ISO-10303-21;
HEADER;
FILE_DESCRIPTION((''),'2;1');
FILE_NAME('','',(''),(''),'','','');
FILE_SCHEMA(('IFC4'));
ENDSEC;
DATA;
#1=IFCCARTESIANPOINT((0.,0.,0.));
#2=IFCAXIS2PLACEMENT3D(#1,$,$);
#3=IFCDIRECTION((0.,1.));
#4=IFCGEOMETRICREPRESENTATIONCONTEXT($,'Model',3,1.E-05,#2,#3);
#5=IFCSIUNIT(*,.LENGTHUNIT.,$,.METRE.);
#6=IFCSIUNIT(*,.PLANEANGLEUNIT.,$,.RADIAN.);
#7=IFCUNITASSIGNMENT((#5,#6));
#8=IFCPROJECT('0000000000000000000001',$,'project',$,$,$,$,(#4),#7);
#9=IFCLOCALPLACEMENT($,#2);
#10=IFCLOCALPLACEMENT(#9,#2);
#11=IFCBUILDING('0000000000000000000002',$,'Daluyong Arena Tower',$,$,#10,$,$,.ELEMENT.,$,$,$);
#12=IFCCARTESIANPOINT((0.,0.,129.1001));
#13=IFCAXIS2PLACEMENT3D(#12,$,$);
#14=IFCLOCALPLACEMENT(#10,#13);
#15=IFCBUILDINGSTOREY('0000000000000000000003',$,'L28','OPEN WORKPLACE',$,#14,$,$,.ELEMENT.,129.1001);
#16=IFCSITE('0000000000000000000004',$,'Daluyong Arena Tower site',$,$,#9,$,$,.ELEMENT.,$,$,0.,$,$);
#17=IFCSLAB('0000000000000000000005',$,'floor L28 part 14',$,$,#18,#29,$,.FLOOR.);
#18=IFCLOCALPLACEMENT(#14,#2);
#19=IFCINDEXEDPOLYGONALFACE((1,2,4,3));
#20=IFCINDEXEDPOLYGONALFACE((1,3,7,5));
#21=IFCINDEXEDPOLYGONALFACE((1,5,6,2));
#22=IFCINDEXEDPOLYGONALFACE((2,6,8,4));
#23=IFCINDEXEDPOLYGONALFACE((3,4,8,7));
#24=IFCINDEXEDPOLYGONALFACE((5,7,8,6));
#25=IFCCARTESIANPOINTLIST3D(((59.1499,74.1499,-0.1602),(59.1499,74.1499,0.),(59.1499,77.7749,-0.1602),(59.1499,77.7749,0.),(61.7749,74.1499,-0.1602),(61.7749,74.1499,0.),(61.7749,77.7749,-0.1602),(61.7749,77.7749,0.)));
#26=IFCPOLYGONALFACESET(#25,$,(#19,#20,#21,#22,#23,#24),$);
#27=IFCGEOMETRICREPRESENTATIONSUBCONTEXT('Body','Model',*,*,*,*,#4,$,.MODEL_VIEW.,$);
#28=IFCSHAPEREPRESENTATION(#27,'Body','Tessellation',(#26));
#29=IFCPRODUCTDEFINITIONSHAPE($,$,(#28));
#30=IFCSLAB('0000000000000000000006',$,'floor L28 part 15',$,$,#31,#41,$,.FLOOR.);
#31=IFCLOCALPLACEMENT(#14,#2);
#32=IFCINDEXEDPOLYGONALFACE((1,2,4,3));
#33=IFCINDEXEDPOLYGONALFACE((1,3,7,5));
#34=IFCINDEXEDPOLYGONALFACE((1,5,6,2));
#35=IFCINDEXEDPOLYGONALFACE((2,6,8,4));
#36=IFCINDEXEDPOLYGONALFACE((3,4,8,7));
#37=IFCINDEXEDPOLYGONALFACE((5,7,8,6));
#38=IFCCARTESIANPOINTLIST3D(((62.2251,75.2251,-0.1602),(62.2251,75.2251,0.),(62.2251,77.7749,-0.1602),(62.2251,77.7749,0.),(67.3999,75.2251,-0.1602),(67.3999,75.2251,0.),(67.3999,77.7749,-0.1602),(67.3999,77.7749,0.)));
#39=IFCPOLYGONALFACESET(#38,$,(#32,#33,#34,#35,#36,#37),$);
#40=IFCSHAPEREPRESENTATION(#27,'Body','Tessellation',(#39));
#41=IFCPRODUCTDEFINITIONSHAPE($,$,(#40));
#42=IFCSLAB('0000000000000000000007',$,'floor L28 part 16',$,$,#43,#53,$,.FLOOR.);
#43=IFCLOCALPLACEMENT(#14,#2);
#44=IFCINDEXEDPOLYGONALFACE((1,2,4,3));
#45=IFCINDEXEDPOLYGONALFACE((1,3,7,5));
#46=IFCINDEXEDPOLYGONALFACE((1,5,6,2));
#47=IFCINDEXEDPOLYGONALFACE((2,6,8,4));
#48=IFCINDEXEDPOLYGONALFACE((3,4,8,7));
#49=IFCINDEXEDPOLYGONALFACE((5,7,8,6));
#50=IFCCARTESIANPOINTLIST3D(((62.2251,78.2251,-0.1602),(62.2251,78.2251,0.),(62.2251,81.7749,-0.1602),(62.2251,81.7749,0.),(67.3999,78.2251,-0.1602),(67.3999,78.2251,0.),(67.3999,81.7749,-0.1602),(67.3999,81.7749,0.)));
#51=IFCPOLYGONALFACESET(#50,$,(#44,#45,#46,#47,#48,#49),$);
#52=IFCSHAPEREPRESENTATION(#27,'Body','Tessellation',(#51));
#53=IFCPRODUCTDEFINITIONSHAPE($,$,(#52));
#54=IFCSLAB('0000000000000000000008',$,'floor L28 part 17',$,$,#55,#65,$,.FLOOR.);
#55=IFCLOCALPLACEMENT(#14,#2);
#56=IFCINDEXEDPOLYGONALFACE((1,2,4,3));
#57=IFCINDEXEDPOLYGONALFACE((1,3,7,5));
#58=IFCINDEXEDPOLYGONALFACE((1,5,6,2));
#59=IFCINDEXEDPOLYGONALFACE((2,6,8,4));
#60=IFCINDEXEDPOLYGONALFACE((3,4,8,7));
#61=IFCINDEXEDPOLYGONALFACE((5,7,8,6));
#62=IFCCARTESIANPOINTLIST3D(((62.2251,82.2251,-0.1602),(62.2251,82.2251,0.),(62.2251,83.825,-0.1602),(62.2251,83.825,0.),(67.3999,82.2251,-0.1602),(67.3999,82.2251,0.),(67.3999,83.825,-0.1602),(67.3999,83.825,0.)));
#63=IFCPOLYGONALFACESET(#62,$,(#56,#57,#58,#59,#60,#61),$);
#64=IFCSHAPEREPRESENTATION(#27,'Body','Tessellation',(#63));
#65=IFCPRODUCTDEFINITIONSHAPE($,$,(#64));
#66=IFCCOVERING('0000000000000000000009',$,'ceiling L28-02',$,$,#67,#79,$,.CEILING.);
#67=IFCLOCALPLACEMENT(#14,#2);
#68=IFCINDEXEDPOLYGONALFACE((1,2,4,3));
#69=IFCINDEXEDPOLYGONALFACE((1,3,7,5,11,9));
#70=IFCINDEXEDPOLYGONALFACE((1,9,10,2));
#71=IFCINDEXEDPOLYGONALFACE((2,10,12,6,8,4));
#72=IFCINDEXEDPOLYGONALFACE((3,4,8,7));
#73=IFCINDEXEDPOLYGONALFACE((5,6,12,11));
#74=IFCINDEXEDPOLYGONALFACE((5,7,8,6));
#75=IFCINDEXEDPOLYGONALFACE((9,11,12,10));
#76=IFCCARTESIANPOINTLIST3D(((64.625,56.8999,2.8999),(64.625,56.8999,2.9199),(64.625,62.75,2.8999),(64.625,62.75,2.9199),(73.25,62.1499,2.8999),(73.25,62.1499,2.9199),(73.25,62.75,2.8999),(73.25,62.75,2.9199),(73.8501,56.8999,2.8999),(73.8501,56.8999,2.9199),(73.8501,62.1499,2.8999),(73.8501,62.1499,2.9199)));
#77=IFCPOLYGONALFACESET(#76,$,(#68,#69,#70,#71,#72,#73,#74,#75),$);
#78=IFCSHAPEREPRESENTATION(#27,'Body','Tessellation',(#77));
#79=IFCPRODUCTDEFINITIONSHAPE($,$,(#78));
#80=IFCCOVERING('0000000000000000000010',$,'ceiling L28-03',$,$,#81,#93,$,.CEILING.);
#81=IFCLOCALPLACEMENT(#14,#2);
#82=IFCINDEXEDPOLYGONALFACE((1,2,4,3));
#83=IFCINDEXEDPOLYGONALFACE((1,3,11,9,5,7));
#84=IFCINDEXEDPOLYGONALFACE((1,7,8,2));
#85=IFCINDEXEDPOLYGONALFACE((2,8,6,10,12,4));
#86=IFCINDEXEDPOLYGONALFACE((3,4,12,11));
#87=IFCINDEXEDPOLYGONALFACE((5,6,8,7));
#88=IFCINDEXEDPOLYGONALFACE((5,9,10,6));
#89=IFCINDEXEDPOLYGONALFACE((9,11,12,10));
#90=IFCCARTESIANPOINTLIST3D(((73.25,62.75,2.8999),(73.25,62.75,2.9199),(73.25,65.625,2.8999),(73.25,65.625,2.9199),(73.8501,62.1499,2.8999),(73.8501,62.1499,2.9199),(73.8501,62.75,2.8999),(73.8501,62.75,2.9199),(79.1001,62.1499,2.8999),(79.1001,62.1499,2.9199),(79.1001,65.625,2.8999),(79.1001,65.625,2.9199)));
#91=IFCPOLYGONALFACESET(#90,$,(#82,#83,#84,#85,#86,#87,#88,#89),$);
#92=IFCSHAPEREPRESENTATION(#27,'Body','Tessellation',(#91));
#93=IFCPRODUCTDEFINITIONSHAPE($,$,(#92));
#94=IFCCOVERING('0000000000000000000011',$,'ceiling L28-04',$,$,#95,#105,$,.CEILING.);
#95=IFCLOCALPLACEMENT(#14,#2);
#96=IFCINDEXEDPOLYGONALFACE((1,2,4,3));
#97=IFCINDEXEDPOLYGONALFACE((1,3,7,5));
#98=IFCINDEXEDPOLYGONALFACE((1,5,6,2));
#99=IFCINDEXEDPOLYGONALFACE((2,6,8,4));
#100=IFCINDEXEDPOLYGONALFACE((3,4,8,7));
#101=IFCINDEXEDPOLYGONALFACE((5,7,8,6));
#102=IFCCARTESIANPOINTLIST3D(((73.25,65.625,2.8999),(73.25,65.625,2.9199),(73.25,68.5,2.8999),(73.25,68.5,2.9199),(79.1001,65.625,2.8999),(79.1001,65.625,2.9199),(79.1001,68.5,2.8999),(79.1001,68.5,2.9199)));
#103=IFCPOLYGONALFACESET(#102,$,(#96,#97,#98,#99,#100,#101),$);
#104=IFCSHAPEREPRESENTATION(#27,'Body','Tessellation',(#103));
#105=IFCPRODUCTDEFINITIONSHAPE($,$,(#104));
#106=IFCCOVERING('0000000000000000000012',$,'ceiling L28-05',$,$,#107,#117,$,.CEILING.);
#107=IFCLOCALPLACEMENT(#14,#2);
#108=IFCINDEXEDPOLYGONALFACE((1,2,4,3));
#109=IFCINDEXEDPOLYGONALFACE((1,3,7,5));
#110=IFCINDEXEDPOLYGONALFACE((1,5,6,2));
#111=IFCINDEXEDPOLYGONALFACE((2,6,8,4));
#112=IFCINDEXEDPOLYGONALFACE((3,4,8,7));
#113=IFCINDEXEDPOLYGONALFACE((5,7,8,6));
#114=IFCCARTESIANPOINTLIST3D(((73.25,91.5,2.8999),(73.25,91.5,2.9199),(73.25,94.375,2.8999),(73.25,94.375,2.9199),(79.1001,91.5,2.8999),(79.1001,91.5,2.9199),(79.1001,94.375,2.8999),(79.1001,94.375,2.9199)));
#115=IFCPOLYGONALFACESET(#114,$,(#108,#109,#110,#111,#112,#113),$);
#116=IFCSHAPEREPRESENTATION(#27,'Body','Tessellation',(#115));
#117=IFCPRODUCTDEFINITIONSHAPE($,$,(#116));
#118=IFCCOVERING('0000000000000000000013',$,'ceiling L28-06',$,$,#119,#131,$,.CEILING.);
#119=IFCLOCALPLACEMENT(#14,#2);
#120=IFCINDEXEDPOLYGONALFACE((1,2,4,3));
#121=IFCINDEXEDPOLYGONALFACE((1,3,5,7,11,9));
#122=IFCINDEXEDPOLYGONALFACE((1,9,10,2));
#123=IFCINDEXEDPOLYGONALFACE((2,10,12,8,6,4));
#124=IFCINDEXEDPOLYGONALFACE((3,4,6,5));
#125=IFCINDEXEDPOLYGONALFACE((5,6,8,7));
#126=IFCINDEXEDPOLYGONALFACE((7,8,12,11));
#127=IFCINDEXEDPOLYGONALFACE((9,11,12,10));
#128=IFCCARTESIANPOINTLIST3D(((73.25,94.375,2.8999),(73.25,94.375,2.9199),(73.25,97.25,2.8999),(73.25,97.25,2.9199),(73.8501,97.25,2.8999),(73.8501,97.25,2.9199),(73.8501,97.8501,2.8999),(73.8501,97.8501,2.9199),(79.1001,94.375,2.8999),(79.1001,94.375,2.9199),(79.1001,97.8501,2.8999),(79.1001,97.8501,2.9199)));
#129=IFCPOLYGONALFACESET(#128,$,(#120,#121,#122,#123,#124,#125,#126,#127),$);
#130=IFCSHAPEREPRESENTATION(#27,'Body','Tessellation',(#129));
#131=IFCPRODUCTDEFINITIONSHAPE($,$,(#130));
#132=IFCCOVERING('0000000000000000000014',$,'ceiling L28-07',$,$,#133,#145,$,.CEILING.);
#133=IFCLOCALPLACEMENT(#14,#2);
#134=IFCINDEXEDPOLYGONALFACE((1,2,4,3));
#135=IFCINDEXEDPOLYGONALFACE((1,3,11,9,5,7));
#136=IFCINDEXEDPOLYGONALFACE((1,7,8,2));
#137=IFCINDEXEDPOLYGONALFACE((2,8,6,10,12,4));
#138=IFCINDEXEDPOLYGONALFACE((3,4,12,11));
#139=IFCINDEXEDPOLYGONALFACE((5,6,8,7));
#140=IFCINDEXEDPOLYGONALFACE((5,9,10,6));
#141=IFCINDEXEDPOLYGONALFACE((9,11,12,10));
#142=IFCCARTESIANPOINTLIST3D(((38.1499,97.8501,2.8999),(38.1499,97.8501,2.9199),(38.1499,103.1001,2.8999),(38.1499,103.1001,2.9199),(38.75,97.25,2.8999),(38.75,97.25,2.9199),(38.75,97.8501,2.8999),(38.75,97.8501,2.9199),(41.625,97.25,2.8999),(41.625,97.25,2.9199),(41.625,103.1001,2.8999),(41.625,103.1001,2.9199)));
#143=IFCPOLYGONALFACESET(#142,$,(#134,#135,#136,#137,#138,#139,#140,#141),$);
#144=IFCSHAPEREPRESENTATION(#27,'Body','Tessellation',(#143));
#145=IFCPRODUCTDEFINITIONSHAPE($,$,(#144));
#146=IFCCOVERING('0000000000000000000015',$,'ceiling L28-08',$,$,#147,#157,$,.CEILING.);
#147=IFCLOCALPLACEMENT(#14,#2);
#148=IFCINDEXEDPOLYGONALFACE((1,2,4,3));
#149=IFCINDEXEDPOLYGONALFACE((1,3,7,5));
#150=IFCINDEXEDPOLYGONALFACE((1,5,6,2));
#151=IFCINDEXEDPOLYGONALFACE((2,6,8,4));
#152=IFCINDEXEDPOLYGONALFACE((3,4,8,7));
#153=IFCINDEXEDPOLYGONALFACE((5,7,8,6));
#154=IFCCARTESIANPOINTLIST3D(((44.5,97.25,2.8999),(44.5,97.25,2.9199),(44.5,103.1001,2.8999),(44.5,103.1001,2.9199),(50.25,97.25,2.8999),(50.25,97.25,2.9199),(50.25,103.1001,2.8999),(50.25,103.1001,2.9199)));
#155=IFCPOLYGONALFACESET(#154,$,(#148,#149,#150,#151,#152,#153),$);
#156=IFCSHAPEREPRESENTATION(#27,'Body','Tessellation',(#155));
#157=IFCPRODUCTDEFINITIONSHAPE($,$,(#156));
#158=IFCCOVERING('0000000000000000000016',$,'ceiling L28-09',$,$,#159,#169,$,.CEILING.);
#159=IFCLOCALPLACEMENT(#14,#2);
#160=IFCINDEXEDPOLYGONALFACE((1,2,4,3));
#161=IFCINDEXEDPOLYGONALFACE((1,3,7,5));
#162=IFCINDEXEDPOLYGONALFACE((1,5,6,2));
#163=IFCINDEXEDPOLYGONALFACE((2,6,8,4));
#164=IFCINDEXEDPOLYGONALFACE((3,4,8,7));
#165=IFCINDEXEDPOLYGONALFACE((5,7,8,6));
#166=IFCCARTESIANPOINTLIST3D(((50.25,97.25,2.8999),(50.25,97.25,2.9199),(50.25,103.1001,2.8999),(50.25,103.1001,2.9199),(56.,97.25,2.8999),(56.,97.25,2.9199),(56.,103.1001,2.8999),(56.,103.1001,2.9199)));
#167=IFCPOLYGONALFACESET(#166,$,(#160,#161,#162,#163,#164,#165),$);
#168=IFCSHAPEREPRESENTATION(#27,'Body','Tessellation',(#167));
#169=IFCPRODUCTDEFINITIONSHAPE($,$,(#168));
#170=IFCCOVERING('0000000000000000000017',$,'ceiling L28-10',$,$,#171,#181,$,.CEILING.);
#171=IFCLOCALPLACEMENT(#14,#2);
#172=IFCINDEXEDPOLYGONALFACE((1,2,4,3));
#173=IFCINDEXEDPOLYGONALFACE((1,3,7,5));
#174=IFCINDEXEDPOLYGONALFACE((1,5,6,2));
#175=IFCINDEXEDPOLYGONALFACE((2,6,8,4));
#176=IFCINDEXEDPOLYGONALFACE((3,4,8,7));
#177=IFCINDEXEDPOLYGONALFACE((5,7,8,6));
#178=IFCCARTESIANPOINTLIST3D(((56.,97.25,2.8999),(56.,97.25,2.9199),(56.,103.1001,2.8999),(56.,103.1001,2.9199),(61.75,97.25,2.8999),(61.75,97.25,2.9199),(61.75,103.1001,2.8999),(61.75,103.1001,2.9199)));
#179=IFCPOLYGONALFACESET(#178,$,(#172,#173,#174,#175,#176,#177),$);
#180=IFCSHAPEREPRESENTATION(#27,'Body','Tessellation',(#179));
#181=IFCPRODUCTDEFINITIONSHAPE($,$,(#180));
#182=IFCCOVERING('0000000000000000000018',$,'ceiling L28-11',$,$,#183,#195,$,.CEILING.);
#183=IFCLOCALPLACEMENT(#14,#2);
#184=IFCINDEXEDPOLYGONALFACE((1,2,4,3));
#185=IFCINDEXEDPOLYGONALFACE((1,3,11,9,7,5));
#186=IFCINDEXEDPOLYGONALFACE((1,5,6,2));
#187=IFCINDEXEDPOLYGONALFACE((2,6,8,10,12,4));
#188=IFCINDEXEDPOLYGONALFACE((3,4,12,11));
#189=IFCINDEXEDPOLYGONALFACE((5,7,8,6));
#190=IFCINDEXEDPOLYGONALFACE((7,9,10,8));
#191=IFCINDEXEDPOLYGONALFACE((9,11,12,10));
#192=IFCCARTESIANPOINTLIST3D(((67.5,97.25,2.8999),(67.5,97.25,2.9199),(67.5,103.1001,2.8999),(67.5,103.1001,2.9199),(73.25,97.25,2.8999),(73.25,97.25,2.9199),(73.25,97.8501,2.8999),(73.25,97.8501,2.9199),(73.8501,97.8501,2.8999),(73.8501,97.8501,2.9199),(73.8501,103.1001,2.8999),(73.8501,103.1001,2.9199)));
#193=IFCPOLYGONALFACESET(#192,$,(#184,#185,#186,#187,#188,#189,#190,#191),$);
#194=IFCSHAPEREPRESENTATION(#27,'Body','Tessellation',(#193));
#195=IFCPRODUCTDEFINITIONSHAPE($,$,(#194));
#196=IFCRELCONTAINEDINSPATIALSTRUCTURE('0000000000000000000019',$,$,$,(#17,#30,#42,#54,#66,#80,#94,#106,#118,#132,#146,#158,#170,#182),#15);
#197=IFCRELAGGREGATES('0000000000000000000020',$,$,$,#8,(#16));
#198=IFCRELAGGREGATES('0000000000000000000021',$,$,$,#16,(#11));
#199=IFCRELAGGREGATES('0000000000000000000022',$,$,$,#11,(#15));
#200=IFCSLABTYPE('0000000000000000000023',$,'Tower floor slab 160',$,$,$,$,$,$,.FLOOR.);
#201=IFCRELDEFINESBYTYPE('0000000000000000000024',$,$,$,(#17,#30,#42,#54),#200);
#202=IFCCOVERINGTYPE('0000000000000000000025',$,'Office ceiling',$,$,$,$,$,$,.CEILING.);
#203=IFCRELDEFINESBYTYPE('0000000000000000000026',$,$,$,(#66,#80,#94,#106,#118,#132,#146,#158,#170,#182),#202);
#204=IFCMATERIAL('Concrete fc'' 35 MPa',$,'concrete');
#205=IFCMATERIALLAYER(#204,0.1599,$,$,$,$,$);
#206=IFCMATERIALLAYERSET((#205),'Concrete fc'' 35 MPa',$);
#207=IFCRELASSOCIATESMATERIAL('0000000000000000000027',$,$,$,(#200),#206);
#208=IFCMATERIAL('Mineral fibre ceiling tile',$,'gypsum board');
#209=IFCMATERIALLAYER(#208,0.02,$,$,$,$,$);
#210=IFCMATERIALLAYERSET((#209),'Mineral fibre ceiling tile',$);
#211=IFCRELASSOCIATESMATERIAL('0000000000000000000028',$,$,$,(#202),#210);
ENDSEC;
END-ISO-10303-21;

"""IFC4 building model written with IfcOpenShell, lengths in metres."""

from ifc_helpers import new_model, si_unit, direction, frame, origin, place, context, subcontext, project, spatial, polyline, outline, extrude, material, layer, layer_set, type_object, element, save


model = new_model("IFC4")

# Units and contexts
model_context = context("Model", 3, precision=1e-05, world=origin(), true_north=direction((0.0, 1.0)))
body_context = subcontext(model_context, "Body", "Model", "MODEL_VIEW")
ifc_project = project(units=[si_unit("LENGTHUNIT", "METRE"), si_unit("PLANEANGLEUNIT", "RADIAN")], contexts=[model_context])

# Site, building, storey
site_placement = place(None, origin())
site = spatial("IfcSite", under=ifc_project, at=site_placement, Name="Daluyong Arena Tower site", CompositionType="ELEMENT", RefElevation=0.0)
building_placement = place(site_placement, origin())
building = spatial("IfcBuilding", under=site, at=building_placement, Name="Daluyong Arena Tower", CompositionType="ELEMENT")
storey_placement = place(building_placement, frame((0.0, 0.0, 129.1001)))
storey = spatial("IfcBuildingStorey", under=building, at=storey_placement, Name="L28", Description="OPEN WORKPLACE", CompositionType="ELEMENT", Elevation=129.1001)

# Slabs
ifc_material_1 = material(Name="Concrete fc' 35 MPa", Category="concrete")
ifc_layer_1 = layer(ifc_material_1, 0.1599)
ifc_layer_set_1 = layer_set([ifc_layer_1], Name="Concrete fc' 35 MPa")
slab_type = type_object("IfcSlabType", Name="Tower floor slab 160", PredefinedType="FLOOR", material=ifc_layer_set_1)
slab_1_placement = place(storey_placement, frame((0.0, 0.0, -0.1602)))
element("IfcSlab", 1, at=slab_1_placement, inside=storey, type_object=slab_type, Name="floor L28 part 14", PredefinedType="FLOOR", context=body_context, shape_type="SweptSolid", body=[
    extrude(outline(polyline([(59.1499, 77.7749), (59.1499, 74.1499), (61.7749, 74.1499), (61.7749, 77.7749), (59.1499, 77.7749)])), origin(), (0.0, 0.0, 1.0), 0.1602),
])
slab_2_placement = place(storey_placement, frame((0.0, 0.0, -0.1602)))
element("IfcSlab", 2, at=slab_2_placement, inside=storey, type_object=slab_type, Name="floor L28 part 15", PredefinedType="FLOOR", context=body_context, shape_type="SweptSolid", body=[
    extrude(outline(polyline([(62.2251, 75.2251), (67.3999, 75.2251), (67.3999, 77.7749), (62.2251, 77.7749), (62.2251, 75.2251)])), origin(), (0.0, 0.0, 1.0), 0.1602),
])
slab_3_placement = place(storey_placement, frame((0.0, 0.0, -0.1602)))
element("IfcSlab", 3, at=slab_3_placement, inside=storey, type_object=slab_type, Name="floor L28 part 16", PredefinedType="FLOOR", context=body_context, shape_type="SweptSolid", body=[
    extrude(outline(polyline([(62.2251, 78.2251), (67.3999, 78.2251), (67.3999, 81.7749), (62.2251, 81.7749), (62.2251, 78.2251)])), origin(), (0.0, 0.0, 1.0), 0.1602),
])
slab_4_placement = place(storey_placement, frame((0.0, 0.0, -0.1602)))
element("IfcSlab", 4, at=slab_4_placement, inside=storey, type_object=slab_type, Name="floor L28 part 17", PredefinedType="FLOOR", context=body_context, shape_type="SweptSolid", body=[
    extrude(outline(polyline([(62.2251, 82.2251), (67.3999, 82.2251), (67.3999, 83.825), (62.2251, 83.825), (62.2251, 82.2251)])), origin(), (0.0, 0.0, 1.0), 0.1602),
])

# Coverings
ifc_material_2 = material(Name="Mineral fibre ceiling tile", Category="gypsum board")
ifc_layer_2 = layer(ifc_material_2, 0.02)
ifc_layer_set_2 = layer_set([ifc_layer_2], Name="Mineral fibre ceiling tile")
covering_type = type_object("IfcCoveringType", Name="Office ceiling", PredefinedType="CEILING", material=ifc_layer_set_2)
covering_1_placement = place(storey_placement, frame((0.0, 0.0, 2.8999)))
element("IfcCovering", 5, at=covering_1_placement, inside=storey, type_object=covering_type, Name="ceiling L28-02", PredefinedType="CEILING", context=body_context, shape_type="SweptSolid", body=[
    extrude(outline(polyline([(73.8501, 56.8999), (73.8501, 62.1499), (73.25, 62.1499), (73.25, 62.75), (64.625, 62.75), (64.625, 56.8999), (73.8501, 56.8999)])), origin(), (0.0, 0.0, 1.0), 0.02),
])
covering_2_placement = place(storey_placement, frame((0.0, 0.0, 2.8999)))
element("IfcCovering", 6, at=covering_2_placement, inside=storey, type_object=covering_type, Name="ceiling L28-03", PredefinedType="CEILING", context=body_context, shape_type="SweptSolid", body=[
    extrude(outline(polyline([(73.8501, 62.1499), (79.1001, 62.1499), (79.1001, 65.625), (73.25, 65.625), (73.25, 62.75), (73.8501, 62.75), (73.8501, 62.1499)])), origin(), (0.0, 0.0, 1.0), 0.02),
])
covering_3_placement = place(storey_placement, frame((0.0, 0.0, 2.8999)))
element("IfcCovering", 7, at=covering_3_placement, inside=storey, type_object=covering_type, Name="ceiling L28-04", PredefinedType="CEILING", context=body_context, shape_type="SweptSolid", body=[
    extrude(outline(polyline([(73.25, 65.625), (79.1001, 65.625), (79.1001, 68.5), (73.25, 68.5), (73.25, 65.625)])), origin(), (0.0, 0.0, 1.0), 0.02),
])
covering_4_placement = place(storey_placement, frame((0.0, 0.0, 2.8999)))
element("IfcCovering", 8, at=covering_4_placement, inside=storey, type_object=covering_type, Name="ceiling L28-05", PredefinedType="CEILING", context=body_context, shape_type="SweptSolid", body=[
    extrude(outline(polyline([(73.25, 91.5), (79.1001, 91.5), (79.1001, 94.375), (73.25, 94.375), (73.25, 91.5)])), origin(), (0.0, 0.0, 1.0), 0.02),
])
covering_5_placement = place(storey_placement, frame((0.0, 0.0, 2.8999)))
element("IfcCovering", 9, at=covering_5_placement, inside=storey, type_object=covering_type, Name="ceiling L28-06", PredefinedType="CEILING", context=body_context, shape_type="SweptSolid", body=[
    extrude(outline(polyline([(73.25, 94.375), (79.1001, 94.375), (79.1001, 97.8501), (73.8501, 97.8501), (73.8501, 97.25), (73.25, 97.25), (73.25, 94.375)])), origin(), (0.0, 0.0, 1.0), 0.02),
])
covering_6_placement = place(storey_placement, frame((0.0, 0.0, 2.8999)))
element("IfcCovering", 10, at=covering_6_placement, inside=storey, type_object=covering_type, Name="ceiling L28-07", PredefinedType="CEILING", context=body_context, shape_type="SweptSolid", body=[
    extrude(outline(polyline([(41.625, 97.25), (41.625, 103.1001), (38.1499, 103.1001), (38.1499, 97.8501), (38.75, 97.8501), (38.75, 97.25), (41.625, 97.25)])), origin(), (0.0, 0.0, 1.0), 0.02),
])
covering_7_placement = place(storey_placement, frame((0.0, 0.0, 2.8999)))
element("IfcCovering", 11, at=covering_7_placement, inside=storey, type_object=covering_type, Name="ceiling L28-08", PredefinedType="CEILING", context=body_context, shape_type="SweptSolid", body=[
    extrude(outline(polyline([(50.25, 97.25), (50.25, 103.1001), (44.5, 103.1001), (44.5, 97.25), (50.25, 97.25)])), origin(), (0.0, 0.0, 1.0), 0.02),
])
covering_8_placement = place(storey_placement, frame((0.0, 0.0, 2.8999)))
element("IfcCovering", 12, at=covering_8_placement, inside=storey, type_object=covering_type, Name="ceiling L28-09", PredefinedType="CEILING", context=body_context, shape_type="SweptSolid", body=[
    extrude(outline(polyline([(56.0, 97.25), (56.0, 103.1001), (50.25, 103.1001), (50.25, 97.25), (56.0, 97.25)])), origin(), (0.0, 0.0, 1.0), 0.02),
])
covering_9_placement = place(storey_placement, frame((0.0, 0.0, 2.8999)))
element("IfcCovering", 13, at=covering_9_placement, inside=storey, type_object=covering_type, Name="ceiling L28-10", PredefinedType="CEILING", context=body_context, shape_type="SweptSolid", body=[
    extrude(outline(polyline([(61.75, 97.25), (61.75, 103.1001), (56.0, 103.1001), (56.0, 97.25), (61.75, 97.25)])), origin(), (0.0, 0.0, 1.0), 0.02),
])
covering_10_placement = place(storey_placement, frame((0.0, 0.0, 2.8999)))
element("IfcCovering", 14, at=covering_10_placement, inside=storey, type_object=covering_type, Name="ceiling L28-11", PredefinedType="CEILING", context=body_context, shape_type="SweptSolid", body=[
    extrude(outline(polyline([(67.5, 97.25), (73.25, 97.25), (73.25, 97.8501), (73.8501, 97.8501), (73.8501, 103.1001), (67.5, 103.1001), (67.5, 97.25)])), origin(), (0.0, 0.0, 1.0), 0.02),
])

save(model, "model.ifc")
